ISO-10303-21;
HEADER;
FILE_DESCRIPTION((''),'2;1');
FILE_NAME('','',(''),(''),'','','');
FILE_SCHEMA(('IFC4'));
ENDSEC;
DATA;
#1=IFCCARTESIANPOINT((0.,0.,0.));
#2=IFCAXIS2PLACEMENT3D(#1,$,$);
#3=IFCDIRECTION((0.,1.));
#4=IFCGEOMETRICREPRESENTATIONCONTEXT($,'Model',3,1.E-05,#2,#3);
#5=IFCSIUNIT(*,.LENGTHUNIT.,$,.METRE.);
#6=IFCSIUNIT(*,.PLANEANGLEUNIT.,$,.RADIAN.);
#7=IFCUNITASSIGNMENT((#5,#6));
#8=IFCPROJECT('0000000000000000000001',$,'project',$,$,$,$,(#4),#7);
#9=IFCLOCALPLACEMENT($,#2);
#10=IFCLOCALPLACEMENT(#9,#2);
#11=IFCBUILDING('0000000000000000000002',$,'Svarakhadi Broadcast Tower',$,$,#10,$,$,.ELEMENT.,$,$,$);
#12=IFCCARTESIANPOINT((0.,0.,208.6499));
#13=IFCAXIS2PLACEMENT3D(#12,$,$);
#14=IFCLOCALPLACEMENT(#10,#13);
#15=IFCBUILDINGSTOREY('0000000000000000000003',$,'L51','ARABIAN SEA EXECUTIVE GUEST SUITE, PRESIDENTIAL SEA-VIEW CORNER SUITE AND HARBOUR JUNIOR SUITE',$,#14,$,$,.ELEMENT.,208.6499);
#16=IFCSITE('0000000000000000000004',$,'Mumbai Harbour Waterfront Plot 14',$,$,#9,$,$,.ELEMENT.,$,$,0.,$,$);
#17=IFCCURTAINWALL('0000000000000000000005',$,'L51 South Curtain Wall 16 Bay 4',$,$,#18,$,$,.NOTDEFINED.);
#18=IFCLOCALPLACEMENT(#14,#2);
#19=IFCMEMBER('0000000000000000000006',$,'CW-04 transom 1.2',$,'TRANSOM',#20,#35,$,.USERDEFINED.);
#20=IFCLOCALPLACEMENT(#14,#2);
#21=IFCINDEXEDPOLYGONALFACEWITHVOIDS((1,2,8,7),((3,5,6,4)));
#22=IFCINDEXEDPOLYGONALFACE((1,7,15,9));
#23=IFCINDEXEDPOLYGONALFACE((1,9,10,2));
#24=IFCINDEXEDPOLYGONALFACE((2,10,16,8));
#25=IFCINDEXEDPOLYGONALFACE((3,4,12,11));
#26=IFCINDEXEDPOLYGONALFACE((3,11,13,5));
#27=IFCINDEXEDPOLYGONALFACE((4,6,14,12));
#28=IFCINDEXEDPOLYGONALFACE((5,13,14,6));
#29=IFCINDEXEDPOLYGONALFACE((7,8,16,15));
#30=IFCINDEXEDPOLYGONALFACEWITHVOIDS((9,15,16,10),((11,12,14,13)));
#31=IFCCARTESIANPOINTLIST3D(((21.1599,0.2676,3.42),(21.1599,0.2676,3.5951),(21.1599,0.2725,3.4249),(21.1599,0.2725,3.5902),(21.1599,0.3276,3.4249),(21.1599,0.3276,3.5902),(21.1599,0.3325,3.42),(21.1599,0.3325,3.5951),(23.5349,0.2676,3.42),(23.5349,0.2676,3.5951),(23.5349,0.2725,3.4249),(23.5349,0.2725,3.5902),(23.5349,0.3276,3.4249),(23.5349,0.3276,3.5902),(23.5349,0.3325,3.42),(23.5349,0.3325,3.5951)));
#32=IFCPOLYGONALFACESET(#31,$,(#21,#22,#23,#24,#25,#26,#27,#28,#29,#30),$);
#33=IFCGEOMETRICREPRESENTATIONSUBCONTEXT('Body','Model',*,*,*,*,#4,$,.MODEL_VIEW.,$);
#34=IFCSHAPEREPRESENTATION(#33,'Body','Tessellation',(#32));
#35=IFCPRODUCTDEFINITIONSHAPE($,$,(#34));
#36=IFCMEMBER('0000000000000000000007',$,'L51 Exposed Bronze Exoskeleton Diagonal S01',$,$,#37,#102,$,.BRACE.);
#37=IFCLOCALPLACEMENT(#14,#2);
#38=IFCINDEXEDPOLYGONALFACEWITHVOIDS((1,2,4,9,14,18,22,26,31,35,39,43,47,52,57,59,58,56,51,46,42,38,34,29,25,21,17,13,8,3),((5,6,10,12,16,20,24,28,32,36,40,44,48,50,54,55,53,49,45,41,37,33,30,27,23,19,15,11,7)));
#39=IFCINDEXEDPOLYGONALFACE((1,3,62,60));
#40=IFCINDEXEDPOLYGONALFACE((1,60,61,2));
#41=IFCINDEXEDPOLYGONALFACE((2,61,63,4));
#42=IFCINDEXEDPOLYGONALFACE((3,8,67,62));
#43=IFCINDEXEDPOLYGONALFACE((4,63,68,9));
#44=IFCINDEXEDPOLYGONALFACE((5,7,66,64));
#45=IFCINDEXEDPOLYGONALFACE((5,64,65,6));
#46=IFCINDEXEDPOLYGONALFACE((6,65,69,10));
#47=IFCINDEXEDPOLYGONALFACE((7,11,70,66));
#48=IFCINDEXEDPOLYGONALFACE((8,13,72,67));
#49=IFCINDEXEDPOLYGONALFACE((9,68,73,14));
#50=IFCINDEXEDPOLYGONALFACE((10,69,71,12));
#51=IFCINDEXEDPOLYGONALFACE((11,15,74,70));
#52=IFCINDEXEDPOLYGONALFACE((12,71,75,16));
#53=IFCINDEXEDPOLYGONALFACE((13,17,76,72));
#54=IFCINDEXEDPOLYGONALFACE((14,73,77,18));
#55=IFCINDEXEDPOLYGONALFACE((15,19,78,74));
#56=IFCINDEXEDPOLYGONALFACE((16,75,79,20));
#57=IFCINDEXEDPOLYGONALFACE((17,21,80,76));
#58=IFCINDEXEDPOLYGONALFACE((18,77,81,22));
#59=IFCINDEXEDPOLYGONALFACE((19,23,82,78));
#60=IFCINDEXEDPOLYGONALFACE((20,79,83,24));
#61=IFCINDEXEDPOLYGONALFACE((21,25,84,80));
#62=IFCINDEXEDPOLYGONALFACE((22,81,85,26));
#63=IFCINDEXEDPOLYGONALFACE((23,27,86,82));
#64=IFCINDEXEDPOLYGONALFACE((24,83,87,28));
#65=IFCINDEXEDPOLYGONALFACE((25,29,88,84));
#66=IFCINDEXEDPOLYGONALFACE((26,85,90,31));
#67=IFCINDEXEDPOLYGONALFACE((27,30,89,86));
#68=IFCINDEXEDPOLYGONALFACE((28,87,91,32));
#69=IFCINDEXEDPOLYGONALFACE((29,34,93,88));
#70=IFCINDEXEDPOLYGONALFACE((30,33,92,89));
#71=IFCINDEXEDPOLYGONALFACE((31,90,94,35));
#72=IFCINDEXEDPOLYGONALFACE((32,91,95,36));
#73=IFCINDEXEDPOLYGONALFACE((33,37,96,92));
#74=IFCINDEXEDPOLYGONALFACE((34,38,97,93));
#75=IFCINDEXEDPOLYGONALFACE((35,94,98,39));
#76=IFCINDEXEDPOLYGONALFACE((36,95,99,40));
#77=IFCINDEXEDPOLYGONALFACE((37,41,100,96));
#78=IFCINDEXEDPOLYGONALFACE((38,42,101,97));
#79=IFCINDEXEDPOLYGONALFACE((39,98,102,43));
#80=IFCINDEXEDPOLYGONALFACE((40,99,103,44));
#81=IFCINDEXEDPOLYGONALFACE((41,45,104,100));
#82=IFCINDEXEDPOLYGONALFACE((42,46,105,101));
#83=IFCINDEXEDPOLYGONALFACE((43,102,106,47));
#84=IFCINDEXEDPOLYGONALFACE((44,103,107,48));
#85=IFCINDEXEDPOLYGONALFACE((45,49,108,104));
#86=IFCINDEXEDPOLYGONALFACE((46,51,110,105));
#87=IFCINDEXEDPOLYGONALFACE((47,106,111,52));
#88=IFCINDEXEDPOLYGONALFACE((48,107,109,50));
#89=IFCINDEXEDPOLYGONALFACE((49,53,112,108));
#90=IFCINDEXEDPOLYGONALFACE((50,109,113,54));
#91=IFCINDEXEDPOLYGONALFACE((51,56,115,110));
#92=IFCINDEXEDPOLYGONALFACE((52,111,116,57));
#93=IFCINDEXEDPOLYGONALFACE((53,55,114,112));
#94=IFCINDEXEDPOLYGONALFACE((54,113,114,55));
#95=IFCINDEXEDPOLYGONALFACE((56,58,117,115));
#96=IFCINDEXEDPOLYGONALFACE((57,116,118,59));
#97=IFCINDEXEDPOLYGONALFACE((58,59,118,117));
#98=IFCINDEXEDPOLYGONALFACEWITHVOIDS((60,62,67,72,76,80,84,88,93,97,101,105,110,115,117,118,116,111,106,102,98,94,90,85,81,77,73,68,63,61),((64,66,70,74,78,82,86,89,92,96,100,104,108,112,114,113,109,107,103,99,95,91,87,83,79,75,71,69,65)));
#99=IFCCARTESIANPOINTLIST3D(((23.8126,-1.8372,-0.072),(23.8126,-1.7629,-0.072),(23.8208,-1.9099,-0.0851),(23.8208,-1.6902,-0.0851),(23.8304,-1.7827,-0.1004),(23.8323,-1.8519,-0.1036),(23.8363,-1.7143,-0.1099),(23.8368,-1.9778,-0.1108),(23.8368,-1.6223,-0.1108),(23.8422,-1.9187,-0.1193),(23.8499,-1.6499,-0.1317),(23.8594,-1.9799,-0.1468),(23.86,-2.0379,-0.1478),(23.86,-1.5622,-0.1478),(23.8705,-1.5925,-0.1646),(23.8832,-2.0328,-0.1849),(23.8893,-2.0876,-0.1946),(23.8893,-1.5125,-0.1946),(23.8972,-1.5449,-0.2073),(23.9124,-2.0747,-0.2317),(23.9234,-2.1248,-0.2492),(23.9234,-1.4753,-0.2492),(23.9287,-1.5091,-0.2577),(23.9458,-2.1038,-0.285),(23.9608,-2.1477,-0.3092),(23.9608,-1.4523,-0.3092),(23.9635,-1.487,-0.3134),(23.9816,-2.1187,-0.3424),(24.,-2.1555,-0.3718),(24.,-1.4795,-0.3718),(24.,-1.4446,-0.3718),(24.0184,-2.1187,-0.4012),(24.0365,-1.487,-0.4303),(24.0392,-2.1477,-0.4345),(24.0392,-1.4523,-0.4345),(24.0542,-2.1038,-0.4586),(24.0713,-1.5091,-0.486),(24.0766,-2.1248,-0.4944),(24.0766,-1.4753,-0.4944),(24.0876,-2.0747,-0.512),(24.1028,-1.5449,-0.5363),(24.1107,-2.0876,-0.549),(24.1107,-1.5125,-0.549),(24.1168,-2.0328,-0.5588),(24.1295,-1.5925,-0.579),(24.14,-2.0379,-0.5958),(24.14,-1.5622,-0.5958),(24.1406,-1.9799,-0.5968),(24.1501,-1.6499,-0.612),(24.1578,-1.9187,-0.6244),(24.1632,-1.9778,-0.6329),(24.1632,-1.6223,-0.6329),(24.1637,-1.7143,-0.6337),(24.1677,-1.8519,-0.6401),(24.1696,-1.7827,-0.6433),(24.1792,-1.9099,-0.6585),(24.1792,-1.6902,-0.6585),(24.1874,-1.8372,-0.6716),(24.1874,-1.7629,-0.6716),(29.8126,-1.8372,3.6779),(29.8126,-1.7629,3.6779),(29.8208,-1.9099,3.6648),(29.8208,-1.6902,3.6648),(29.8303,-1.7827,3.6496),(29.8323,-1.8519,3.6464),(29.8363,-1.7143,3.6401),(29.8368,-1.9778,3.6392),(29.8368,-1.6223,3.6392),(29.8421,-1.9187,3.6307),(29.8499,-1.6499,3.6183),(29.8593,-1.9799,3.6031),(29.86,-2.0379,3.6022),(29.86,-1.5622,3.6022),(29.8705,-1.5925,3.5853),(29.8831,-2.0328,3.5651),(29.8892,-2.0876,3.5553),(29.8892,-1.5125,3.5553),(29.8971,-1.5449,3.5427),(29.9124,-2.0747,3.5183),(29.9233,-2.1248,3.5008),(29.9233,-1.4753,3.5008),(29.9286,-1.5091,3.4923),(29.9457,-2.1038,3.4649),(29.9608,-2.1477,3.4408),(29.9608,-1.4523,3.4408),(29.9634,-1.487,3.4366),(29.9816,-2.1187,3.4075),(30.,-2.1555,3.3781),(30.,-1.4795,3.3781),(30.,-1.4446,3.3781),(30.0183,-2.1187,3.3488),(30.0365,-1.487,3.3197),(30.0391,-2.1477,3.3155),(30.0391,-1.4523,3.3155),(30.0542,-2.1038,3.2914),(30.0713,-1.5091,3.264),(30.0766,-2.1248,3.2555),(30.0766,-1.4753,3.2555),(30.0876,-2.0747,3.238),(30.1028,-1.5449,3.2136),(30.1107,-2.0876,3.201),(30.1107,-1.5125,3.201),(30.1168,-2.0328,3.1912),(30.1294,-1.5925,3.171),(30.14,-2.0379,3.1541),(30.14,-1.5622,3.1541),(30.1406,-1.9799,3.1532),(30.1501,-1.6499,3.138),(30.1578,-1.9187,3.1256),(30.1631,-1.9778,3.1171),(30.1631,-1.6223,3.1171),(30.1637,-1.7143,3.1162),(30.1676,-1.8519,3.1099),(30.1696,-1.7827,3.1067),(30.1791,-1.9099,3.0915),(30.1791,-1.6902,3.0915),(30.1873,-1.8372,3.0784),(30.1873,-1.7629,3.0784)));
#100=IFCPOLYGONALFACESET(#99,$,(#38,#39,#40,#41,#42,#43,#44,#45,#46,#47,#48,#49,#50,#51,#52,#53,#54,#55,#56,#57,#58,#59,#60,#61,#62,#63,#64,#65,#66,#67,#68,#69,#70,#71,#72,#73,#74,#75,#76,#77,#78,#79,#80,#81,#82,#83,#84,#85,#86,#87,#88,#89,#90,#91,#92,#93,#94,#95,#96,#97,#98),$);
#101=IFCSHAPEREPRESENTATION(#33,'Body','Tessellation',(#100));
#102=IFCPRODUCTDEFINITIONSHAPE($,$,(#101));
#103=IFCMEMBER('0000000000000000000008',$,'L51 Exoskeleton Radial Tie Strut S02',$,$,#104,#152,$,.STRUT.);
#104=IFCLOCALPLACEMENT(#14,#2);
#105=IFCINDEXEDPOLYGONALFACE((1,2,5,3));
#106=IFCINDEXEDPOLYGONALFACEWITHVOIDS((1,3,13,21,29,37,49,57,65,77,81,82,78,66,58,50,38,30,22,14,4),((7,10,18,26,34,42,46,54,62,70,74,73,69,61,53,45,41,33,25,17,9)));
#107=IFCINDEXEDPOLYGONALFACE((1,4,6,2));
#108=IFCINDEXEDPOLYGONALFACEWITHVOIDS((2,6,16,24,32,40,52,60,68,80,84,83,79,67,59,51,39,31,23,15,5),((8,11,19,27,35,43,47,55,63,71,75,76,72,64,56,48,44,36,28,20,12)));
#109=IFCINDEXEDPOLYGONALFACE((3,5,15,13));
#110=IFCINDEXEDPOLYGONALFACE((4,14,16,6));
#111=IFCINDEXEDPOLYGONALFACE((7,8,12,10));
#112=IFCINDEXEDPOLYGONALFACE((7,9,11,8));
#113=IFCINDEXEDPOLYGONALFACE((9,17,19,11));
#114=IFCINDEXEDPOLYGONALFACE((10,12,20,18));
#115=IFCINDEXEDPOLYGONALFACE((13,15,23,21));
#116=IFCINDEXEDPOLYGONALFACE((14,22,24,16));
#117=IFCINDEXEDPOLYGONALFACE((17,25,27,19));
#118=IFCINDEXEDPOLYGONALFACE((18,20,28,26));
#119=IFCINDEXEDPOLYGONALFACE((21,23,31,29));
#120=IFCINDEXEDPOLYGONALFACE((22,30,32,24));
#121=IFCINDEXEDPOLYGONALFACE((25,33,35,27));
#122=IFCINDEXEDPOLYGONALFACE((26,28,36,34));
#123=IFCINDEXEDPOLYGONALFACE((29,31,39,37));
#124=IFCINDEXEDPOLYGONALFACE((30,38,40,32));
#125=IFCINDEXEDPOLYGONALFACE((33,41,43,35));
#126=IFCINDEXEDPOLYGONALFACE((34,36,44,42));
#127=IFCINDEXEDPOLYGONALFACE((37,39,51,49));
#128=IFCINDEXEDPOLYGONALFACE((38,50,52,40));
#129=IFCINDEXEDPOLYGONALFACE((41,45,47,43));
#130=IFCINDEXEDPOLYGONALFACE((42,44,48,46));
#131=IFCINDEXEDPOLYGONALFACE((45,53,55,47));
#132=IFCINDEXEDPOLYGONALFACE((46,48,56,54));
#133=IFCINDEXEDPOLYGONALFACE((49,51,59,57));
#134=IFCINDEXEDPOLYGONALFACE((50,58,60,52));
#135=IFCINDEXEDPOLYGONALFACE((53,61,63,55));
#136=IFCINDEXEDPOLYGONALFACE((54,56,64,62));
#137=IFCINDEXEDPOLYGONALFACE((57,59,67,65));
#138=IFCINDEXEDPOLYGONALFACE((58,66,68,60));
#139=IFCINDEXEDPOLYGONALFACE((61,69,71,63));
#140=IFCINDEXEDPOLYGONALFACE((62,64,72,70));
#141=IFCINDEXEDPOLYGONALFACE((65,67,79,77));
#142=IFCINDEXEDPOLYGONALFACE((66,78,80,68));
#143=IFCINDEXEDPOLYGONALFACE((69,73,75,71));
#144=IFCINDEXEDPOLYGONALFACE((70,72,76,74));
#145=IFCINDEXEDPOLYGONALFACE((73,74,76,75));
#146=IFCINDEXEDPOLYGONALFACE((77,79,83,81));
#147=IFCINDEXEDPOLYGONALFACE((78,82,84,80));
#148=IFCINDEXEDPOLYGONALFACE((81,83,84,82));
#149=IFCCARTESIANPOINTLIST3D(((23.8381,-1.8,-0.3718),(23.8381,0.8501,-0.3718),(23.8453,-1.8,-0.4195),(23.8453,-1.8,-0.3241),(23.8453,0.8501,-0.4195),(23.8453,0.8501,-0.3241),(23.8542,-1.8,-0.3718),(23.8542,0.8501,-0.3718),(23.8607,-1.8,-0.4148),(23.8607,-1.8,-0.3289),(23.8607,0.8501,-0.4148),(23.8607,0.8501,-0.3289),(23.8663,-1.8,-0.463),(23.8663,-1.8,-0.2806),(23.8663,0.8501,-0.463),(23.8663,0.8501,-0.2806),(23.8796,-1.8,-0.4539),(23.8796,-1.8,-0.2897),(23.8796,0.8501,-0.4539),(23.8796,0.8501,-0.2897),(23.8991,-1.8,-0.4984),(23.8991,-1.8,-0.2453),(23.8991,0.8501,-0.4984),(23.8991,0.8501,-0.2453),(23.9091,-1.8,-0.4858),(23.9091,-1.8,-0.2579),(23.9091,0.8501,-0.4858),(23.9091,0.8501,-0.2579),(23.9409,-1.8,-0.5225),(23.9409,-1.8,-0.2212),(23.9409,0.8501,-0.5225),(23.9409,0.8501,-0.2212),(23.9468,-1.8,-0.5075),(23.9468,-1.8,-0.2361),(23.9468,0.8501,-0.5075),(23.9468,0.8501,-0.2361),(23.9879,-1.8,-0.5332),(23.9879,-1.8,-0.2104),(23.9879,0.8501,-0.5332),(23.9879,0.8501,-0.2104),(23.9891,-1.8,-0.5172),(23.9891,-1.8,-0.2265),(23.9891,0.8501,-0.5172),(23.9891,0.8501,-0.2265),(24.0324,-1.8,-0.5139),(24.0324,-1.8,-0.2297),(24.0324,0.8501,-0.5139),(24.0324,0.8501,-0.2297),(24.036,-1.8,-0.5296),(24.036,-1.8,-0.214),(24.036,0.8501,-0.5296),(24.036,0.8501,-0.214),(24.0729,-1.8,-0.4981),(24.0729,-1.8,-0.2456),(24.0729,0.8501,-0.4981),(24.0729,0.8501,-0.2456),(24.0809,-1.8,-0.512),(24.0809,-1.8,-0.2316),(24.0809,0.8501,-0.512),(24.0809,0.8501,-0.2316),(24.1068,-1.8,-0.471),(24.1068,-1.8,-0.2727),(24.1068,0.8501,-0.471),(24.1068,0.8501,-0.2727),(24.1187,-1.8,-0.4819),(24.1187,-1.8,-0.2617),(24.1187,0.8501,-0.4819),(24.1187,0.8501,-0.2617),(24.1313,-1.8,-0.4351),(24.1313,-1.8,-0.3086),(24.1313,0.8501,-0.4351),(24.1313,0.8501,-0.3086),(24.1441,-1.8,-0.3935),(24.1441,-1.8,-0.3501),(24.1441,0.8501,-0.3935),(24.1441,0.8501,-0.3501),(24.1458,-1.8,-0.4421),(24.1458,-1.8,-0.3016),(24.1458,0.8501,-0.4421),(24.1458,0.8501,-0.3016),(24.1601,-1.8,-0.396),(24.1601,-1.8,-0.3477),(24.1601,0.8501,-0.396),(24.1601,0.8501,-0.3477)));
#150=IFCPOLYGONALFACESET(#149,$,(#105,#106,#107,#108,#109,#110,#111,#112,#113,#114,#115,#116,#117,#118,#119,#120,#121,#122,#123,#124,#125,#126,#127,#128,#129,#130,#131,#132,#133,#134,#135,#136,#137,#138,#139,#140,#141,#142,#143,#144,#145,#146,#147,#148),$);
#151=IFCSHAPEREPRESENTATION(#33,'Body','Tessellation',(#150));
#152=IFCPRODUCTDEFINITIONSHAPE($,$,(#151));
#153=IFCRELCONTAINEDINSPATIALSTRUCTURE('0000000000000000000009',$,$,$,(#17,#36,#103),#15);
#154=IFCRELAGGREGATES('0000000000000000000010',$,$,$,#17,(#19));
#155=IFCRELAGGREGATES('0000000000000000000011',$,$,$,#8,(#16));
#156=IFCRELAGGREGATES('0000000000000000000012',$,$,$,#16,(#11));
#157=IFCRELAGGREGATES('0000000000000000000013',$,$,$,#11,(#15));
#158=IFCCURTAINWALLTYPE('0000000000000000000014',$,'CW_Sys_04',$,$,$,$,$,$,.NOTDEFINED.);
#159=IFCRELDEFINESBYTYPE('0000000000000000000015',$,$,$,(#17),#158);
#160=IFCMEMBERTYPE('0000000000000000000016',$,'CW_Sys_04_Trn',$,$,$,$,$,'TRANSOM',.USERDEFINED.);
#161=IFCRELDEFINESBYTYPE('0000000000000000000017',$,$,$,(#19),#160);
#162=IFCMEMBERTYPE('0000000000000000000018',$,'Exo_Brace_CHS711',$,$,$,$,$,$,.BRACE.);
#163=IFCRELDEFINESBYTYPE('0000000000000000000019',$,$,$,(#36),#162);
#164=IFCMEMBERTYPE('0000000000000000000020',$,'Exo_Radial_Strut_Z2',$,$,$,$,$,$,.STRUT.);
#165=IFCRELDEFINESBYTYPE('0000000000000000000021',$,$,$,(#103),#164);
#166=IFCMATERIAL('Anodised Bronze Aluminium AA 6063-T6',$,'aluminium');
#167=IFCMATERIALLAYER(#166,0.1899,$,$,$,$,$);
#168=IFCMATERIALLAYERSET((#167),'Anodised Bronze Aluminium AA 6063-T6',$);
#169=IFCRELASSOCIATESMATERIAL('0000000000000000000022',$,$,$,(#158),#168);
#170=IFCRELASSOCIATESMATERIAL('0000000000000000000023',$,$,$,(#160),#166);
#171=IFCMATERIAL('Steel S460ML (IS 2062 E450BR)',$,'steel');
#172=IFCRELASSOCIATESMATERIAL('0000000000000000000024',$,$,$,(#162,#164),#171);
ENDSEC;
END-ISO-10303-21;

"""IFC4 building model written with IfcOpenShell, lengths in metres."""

from ifc_helpers import new_model, si_unit, direction, frame, origin, origin_2d, place, context, subcontext, project, spatial, hollow_rectangle, hollow_circle, extrude, material, layer, layer_set, material_profile, profile_set, type_object, element, aggregate, save


model = new_model("IFC4")

# Units and contexts
model_context = context("Model", 3, precision=1e-05, world=origin(), true_north=direction((0.0, 1.0)))
body_context = subcontext(model_context, "Body", "Model", "MODEL_VIEW")
ifc_project = project(units=[si_unit("LENGTHUNIT", "METRE"), si_unit("PLANEANGLEUNIT", "RADIAN")], contexts=[model_context])

# Site, building, storey
site_placement = place(None, origin())
site = spatial("IfcSite", under=ifc_project, at=site_placement, Name="Mumbai Harbour Waterfront Plot 14", CompositionType="ELEMENT", RefElevation=0.0)
building_placement = place(site_placement, origin())
building = spatial("IfcBuilding", under=site, at=building_placement, Name="Svarakhadi Broadcast Tower", CompositionType="ELEMENT")
storey_placement = place(building_placement, frame((0.0, 0.0, 208.6499)))
storey = spatial("IfcBuildingStorey", under=building, at=storey_placement, Name="L51", Description="ARABIAN SEA EXECUTIVE GUEST SUITE, PRESIDENTIAL SEA-VIEW CORNER SUITE AND HARBOUR JUNIOR SUITE", CompositionType="ELEMENT", Elevation=208.6499)

# Shared definitions
ifc_material_1 = material(Name="Steel S460ML (IS 2062 E450BR)", Category="steel")

# Curtain wall
ifc_material_2 = material(Name="Anodised Bronze Aluminium AA 6063-T6", Category="aluminium")
ifc_layer_1 = layer(ifc_material_2, 0.1899)
ifc_layer_set_1 = layer_set([ifc_layer_1], Name="Anodised Bronze Aluminium AA 6063-T6")
curtain_wall_type = type_object("IfcCurtainWallType", Name="CW_Sys_04", PredefinedType="NOTDEFINED", material=ifc_layer_set_1)
curtain_wall_1_placement = place(storey_placement, origin())
curtain_wall_1 = element("IfcCurtainWall", 1, at=curtain_wall_1_placement, inside=storey, type_object=curtain_wall_type, Name="L51 South Curtain Wall 16 Bay 4", PredefinedType="NOTDEFINED")

# Member
ifc_material_profile_1 = material_profile(ifc_material_2, hollow_rectangle(XDim=0.0649, YDim=0.175, WallThickness=0.0049, at=origin_2d()), Name="ALU TRANSOM 175x65x5")
ifc_profile_set_1 = profile_set([ifc_material_profile_1], Name="Anodised Bronze Aluminium AA 6063-T6")
member_type_1 = type_object("IfcMemberType", Name="CW_Sys_04_Trn", ElementType="TRANSOM", PredefinedType="USERDEFINED", material=ifc_profile_set_1)
member_1_placement = place(storey_placement, frame((23.5349, 0.3, 3.5076), z_axis=(-1.0, 0.0, 0.0), x_axis=(0.0, -1.0, 0.0)))
member_1 = element("IfcMember", 2, at=member_1_placement, type_object=member_type_1, Name="CW-04 transom 1.2", ObjectType="TRANSOM", PredefinedType="USERDEFINED", context=body_context, shape_type="SweptSolid", body=[
    extrude(hollow_rectangle(XDim=0.0649, YDim=0.175, WallThickness=0.0049, at=origin_2d()), origin(), (0.0, 0.0, 1.0), 2.375),
])

# Members
ifc_material_profile_2 = material_profile(ifc_material_1, hollow_circle(Radius=0.3555, WallThickness=0.0349, at=origin_2d()), Name="CHS 711x35")
ifc_profile_set_2 = profile_set([ifc_material_profile_2], Name="Steel S460ML (IS 2062 E450BR)")
member_type_2 = type_object("IfcMemberType", Name="Exo_Brace_CHS711", PredefinedType="BRACE", material=ifc_profile_set_2)
member_2_placement = place(storey_placement, frame((24.0, -1.8, -0.3718), z_axis=(0.847998, 0.0, 0.529999), x_axis=(0.0, 1.0, 0.0)))
element("IfcMember", 3, at=member_2_placement, inside=storey, type_object=member_type_2, Name="L51 Exposed Bronze Exoskeleton Diagonal S01", PredefinedType="BRACE", context=body_context, shape_type="SweptSolid", body=[
    extrude(hollow_circle(Radius=0.3555, WallThickness=0.0349, at=origin_2d()), origin(), (0.0, 0.0, 1.0), 7.0754),
])
ifc_material_profile_3 = material_profile(ifc_material_1, hollow_circle(Radius=0.1619, WallThickness=0.0161, at=origin_2d()), Name="CHS 323.9x16")
ifc_profile_set_3 = profile_set([ifc_material_profile_3], Name="Steel S460ML (IS 2062 E450BR)")
member_type_3 = type_object("IfcMemberType", Name="Exo_Radial_Strut_Z2", PredefinedType="STRUT", material=ifc_profile_set_3)
member_3_placement = place(storey_placement, frame((24.0, -1.8, -0.3718), z_axis=(0.0, 1.0, 0.0), x_axis=(-1.0, 0.0, 0.0)))
element("IfcMember", 4, at=member_3_placement, inside=storey, type_object=member_type_3, Name="L51 Exoskeleton Radial Tie Strut S02", PredefinedType="STRUT", context=body_context, shape_type="SweptSolid", body=[
    extrude(hollow_circle(Radius=0.1619, WallThickness=0.0161, at=origin_2d()), origin(), (0.0, 0.0, 1.0), 2.6501),
])

aggregate(curtain_wall_1, [member_1])

save(model, "model.ifc")
